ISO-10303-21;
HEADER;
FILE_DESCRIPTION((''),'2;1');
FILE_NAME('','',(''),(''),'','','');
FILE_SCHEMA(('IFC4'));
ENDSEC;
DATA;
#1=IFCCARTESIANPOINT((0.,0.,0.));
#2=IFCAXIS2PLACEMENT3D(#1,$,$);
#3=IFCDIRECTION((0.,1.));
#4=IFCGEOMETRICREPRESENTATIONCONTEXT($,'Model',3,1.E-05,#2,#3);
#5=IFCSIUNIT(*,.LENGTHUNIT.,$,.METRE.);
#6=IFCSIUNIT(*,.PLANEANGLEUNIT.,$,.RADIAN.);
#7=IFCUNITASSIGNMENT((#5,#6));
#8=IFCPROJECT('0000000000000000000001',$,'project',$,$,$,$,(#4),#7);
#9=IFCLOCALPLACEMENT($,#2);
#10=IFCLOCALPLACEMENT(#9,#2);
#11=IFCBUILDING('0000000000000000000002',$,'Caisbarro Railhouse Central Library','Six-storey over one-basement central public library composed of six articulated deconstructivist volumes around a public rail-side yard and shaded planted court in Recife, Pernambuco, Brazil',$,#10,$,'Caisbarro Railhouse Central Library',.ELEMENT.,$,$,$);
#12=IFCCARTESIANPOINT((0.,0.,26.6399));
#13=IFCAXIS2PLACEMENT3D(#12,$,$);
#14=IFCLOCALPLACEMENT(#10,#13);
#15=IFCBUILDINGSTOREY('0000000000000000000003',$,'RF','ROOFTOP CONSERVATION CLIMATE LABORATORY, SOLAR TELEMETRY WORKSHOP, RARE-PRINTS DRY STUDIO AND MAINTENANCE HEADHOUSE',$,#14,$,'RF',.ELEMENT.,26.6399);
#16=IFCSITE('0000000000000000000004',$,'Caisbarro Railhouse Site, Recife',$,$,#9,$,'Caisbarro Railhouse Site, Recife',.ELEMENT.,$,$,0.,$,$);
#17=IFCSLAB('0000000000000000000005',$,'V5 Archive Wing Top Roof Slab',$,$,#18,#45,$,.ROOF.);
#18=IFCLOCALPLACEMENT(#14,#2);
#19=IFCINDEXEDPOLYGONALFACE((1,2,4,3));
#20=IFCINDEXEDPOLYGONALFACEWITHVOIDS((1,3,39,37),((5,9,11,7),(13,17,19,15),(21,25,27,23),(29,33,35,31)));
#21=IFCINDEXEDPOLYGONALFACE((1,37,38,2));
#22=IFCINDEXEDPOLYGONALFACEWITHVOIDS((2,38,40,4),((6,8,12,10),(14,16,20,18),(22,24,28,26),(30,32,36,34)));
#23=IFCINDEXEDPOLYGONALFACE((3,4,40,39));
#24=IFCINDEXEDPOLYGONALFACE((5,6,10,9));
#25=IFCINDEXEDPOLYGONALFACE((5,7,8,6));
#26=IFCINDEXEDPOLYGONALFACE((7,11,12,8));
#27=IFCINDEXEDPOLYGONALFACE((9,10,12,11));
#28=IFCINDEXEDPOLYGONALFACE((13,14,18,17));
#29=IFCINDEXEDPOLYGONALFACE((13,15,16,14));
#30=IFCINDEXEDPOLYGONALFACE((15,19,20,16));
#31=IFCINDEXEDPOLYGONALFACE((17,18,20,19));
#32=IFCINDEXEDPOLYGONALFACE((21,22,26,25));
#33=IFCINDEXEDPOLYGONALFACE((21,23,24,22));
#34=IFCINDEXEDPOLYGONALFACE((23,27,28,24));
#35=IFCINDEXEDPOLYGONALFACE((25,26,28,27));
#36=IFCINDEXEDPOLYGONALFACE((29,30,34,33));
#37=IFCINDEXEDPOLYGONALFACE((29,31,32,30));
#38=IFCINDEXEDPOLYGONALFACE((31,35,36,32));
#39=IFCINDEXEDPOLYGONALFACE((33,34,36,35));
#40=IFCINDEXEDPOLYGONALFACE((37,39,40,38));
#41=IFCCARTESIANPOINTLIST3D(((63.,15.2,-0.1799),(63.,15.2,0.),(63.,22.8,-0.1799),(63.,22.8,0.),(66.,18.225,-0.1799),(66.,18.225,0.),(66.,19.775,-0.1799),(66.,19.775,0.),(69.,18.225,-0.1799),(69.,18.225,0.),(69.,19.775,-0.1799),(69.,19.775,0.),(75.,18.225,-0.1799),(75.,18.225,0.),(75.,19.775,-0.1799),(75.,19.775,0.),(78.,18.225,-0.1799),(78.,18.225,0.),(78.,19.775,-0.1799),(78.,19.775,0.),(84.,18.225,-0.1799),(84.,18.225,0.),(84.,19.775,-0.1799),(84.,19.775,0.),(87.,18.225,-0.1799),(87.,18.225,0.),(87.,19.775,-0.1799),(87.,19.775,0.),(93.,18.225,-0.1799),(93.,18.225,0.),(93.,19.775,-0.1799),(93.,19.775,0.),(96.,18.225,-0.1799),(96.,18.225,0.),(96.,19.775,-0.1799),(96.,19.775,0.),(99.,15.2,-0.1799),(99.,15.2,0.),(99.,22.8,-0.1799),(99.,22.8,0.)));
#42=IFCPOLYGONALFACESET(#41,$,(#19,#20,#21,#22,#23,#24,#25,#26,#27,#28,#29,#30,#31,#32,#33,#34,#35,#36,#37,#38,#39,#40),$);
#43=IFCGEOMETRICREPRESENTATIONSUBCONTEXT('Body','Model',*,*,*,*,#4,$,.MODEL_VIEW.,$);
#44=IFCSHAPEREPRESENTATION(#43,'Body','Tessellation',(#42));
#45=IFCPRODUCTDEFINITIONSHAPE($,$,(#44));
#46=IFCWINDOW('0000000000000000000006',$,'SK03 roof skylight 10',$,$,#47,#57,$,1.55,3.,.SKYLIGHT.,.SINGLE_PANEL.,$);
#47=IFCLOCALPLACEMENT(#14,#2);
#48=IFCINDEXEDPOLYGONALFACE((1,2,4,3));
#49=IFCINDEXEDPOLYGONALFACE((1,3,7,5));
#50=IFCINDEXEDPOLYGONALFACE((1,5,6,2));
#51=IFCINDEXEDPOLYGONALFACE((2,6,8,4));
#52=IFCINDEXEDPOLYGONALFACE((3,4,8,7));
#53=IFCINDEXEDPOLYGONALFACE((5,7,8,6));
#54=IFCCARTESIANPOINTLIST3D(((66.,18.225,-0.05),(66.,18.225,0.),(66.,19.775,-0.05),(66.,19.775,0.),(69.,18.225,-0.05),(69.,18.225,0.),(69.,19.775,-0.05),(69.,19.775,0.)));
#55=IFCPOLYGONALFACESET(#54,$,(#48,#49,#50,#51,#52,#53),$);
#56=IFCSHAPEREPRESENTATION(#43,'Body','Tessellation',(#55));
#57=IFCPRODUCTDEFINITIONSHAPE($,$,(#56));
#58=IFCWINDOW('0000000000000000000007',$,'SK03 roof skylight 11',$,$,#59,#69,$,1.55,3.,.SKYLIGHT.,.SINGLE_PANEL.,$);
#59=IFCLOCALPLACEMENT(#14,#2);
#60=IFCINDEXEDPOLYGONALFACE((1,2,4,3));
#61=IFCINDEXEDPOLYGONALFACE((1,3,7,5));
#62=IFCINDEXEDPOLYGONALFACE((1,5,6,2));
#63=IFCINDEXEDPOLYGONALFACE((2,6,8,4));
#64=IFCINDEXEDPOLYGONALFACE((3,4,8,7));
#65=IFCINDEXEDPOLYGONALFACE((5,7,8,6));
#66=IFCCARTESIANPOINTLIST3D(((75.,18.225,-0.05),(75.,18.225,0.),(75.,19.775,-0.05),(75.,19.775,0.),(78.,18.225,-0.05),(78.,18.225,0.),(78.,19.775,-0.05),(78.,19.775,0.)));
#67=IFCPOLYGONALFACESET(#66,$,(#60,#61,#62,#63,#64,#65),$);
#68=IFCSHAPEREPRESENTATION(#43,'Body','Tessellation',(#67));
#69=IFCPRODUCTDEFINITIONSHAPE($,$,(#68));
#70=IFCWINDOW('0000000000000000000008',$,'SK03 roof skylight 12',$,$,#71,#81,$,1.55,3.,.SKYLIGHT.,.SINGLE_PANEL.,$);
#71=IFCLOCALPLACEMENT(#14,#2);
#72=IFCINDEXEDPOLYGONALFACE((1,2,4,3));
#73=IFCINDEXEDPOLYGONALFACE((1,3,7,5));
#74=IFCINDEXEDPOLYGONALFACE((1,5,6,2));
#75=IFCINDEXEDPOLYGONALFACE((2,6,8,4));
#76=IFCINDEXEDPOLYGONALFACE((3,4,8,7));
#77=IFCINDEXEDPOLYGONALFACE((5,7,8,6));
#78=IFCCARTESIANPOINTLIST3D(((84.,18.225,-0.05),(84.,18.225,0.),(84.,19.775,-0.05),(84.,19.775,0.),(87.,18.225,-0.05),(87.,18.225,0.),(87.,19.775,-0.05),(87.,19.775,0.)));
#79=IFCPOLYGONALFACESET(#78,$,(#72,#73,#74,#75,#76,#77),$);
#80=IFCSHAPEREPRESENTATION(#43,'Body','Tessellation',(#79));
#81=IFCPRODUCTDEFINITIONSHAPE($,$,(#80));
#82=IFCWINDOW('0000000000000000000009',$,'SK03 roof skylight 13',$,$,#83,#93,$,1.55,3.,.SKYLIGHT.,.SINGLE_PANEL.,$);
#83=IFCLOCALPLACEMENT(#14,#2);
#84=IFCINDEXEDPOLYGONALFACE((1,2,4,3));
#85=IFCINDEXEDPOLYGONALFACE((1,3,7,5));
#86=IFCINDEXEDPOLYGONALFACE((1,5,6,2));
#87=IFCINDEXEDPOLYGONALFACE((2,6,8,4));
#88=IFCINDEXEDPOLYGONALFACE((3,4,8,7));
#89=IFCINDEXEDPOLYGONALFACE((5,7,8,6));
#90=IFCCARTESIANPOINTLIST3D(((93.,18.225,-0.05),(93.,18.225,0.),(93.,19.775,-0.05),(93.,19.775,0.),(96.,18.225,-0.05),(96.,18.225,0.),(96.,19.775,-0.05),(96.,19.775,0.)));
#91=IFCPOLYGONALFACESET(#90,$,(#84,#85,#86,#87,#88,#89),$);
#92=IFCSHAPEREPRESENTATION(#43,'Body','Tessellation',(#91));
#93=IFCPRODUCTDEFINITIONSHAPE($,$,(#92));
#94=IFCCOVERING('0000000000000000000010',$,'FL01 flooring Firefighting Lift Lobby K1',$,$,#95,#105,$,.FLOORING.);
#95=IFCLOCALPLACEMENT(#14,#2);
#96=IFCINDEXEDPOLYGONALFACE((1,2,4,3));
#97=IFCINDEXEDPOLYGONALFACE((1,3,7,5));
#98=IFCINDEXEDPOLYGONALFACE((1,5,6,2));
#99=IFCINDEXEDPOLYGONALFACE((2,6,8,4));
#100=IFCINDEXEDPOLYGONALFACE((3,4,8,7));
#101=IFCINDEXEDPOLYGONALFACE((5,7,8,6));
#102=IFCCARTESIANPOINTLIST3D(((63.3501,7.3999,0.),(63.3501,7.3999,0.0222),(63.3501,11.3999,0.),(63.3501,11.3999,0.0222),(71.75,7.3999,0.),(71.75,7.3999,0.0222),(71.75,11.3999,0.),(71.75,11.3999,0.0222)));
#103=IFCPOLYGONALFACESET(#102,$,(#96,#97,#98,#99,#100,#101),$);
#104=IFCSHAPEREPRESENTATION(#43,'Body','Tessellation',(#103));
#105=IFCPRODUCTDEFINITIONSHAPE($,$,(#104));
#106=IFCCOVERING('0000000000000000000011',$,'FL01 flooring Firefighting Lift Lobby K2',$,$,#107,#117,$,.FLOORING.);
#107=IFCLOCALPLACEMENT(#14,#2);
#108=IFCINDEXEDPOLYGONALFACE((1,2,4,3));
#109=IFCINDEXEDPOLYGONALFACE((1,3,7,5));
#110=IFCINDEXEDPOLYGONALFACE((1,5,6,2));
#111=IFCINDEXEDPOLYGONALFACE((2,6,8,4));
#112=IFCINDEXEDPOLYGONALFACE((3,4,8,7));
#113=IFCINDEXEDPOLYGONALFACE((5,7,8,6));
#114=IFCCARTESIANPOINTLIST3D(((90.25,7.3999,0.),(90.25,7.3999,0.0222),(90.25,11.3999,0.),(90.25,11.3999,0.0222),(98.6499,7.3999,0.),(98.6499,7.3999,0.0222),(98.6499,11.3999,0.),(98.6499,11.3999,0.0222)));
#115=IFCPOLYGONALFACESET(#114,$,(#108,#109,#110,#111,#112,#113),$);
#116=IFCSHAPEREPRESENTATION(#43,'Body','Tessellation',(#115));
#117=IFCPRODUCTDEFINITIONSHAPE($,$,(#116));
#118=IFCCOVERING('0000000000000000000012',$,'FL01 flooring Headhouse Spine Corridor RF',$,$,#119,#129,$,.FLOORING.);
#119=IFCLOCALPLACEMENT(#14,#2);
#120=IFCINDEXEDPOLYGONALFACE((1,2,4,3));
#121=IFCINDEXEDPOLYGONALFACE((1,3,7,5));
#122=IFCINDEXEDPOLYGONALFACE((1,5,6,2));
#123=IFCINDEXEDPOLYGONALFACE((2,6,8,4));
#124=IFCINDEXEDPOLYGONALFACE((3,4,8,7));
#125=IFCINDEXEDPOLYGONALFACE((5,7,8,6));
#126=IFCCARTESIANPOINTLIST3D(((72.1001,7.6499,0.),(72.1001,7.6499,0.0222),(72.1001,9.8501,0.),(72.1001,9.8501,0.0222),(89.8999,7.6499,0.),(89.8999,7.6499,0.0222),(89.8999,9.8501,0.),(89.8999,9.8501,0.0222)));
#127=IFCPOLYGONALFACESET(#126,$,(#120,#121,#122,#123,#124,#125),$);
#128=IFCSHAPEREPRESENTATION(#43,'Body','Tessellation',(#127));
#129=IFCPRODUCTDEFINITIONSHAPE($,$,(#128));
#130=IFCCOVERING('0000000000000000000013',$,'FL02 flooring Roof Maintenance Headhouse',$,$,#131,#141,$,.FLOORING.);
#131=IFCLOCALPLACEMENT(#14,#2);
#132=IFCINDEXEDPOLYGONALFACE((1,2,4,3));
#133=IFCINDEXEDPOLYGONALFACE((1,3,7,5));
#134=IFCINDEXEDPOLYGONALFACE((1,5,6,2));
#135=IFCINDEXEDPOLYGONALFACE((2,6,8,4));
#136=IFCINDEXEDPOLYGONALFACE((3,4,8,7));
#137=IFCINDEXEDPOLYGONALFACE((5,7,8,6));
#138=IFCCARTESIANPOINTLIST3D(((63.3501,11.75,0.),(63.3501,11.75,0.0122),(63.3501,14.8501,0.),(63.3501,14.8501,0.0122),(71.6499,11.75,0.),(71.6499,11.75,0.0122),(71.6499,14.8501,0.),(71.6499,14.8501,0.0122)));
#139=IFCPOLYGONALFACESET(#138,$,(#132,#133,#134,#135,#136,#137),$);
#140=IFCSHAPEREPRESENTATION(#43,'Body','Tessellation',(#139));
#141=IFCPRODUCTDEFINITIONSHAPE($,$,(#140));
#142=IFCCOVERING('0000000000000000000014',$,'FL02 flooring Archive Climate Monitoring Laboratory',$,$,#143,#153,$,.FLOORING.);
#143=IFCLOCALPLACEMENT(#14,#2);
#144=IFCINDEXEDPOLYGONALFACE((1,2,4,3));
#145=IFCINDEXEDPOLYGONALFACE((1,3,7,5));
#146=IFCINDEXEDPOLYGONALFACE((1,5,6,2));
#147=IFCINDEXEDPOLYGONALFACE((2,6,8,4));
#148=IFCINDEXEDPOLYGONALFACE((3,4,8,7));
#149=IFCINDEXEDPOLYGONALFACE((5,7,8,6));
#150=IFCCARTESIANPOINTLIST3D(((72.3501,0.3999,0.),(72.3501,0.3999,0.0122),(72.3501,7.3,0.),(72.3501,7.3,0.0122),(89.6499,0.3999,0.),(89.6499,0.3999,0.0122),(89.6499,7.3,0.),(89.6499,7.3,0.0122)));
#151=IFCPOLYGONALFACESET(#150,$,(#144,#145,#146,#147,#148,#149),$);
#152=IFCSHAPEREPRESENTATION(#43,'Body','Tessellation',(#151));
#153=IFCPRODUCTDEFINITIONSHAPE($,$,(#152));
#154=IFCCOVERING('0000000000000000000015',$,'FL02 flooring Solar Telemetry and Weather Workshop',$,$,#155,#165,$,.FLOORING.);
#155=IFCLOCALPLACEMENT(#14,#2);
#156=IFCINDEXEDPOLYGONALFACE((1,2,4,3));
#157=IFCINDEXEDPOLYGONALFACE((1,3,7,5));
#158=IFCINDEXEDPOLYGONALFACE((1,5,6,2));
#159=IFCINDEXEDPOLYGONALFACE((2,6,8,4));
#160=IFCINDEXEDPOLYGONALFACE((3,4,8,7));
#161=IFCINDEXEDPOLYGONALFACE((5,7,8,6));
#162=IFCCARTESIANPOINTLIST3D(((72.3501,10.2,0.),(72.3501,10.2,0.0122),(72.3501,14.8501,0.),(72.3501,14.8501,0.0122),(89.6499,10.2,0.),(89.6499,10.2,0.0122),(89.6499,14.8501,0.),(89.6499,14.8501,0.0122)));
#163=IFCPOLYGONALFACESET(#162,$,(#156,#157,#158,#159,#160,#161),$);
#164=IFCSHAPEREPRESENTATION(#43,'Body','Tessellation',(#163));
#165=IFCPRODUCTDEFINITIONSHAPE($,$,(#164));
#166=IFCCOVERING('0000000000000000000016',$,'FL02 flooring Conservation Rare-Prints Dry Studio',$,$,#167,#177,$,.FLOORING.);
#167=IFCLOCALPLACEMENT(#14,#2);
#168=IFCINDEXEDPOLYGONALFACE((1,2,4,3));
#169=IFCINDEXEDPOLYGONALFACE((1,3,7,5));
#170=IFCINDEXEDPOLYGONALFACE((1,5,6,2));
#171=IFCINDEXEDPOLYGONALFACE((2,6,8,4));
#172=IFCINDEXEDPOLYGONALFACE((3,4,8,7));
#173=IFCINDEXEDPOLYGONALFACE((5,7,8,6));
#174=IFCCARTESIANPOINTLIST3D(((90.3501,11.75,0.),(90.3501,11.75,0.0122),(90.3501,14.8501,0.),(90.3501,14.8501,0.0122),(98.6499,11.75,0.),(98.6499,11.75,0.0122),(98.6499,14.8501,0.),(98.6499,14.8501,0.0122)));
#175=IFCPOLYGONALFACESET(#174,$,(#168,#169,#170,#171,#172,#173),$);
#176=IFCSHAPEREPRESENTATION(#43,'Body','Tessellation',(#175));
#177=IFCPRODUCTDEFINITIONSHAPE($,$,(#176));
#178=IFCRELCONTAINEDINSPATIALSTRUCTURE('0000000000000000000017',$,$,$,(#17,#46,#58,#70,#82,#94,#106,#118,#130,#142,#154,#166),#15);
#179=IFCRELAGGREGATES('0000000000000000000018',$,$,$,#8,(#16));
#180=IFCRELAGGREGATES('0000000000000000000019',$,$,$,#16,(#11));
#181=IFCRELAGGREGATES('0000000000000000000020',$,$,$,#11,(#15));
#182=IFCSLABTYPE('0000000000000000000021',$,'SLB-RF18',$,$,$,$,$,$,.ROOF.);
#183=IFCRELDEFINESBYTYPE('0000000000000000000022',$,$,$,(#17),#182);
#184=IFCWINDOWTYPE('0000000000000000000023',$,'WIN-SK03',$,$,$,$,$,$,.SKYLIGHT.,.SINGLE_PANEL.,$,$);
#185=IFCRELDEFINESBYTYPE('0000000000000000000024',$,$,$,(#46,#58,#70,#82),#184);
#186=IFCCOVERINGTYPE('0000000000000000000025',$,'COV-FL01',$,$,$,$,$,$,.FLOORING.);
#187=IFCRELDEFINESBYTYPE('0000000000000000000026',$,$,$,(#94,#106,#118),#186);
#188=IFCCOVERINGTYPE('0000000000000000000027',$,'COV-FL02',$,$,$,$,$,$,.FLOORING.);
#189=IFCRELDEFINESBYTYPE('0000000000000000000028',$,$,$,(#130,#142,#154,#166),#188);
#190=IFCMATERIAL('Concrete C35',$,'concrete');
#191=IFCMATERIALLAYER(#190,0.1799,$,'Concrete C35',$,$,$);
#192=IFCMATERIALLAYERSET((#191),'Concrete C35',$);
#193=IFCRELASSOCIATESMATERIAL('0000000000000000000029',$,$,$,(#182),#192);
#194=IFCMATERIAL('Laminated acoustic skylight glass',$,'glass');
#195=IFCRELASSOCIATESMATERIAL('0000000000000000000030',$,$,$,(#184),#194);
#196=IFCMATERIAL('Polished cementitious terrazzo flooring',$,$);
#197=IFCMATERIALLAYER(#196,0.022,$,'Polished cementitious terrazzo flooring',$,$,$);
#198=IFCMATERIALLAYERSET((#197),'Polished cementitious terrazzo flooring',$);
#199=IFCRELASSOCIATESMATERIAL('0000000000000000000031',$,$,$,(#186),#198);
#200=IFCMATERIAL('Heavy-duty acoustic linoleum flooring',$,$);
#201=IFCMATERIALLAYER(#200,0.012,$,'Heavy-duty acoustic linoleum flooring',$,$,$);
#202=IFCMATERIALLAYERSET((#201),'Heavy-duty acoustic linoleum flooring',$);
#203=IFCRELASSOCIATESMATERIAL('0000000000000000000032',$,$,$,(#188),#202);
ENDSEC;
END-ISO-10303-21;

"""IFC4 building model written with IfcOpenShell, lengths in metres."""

from ifc_helpers import new_model, si_unit, direction, frame, origin, origin_2d, place, context, subcontext, project, spatial, polyline, rectangle, outline, extrude, material, layer, layer_set, type_object, element, fill, save


model = new_model("IFC4")

# Units and contexts
model_context = context("Model", 3, precision=1e-05, world=origin(), true_north=direction((0.0, 1.0)))
body_context = subcontext(model_context, "Body", "Model", "MODEL_VIEW")
ifc_project = project(units=[si_unit("LENGTHUNIT", "METRE"), si_unit("PLANEANGLEUNIT", "RADIAN")], contexts=[model_context])

# Site, building, storey
site_placement = place(None, origin())
site = spatial("IfcSite", under=ifc_project, at=site_placement, Name="Caisbarro Railhouse Site, Recife", LongName="Caisbarro Railhouse Site, Recife", CompositionType="ELEMENT", RefElevation=0.0)
building_placement = place(site_placement, origin())
building = spatial("IfcBuilding", under=site, at=building_placement, Name="Caisbarro Railhouse Central Library", Description="Six-storey over one-basement central public library composed of six articulated deconstructivist volumes around a public rail-side yard and shaded planted court in Recife, Pernambuco, Brazil", LongName="Caisbarro Railhouse Central Library", CompositionType="ELEMENT")
storey_placement = place(building_placement, frame((0.0, 0.0, 26.6399)))
storey = spatial("IfcBuildingStorey", under=building, at=storey_placement, Name="RF", Description="ROOFTOP CONSERVATION CLIMATE LABORATORY, SOLAR TELEMETRY WORKSHOP, RARE-PRINTS DRY STUDIO AND MAINTENANCE HEADHOUSE", LongName="RF", CompositionType="ELEMENT", Elevation=26.6399)

# Shared definitions
ifc_material_1 = material(Name="Concrete C35", Category="concrete")

# Slab, openings, windows
ifc_layer_1 = layer(ifc_material_1, 0.1799, Name="Concrete C35")
ifc_layer_set_1 = layer_set([ifc_layer_1], Name="Concrete C35")
slab_type_1 = type_object("IfcSlabType", Name="SLB-RF18", PredefinedType="ROOF", material=ifc_layer_set_1)
slab_1_placement = place(storey_placement, frame((0.0, 0.0, -0.1799)))
slab_1 = element("IfcSlab", 1, at=slab_1_placement, inside=storey, type_object=slab_type_1, Name="V5 Archive Wing Top Roof Slab", PredefinedType="ROOF", context=body_context, shape_type="SweptSolid", body=[
    extrude(outline(polyline([(63.0, 15.2), (99.0, 15.2), (99.0, 22.8), (63.0, 22.8), (63.0, 15.2)])), origin(), (0.0, 0.0, 1.0), 0.1799),
])
opening_1_placement = place(slab_1_placement, frame((67.5, 19.0, -0.01)))
opening_1 = element("IfcOpeningElement", 2, at=opening_1_placement, cuts=slab_1, PredefinedType="OPENING", context=body_context, shape_type="SweptSolid", body=[
    extrude(rectangle(XDim=3.0, YDim=1.55, at=origin_2d()), origin(), (0.0, 0.0, 1.0), 0.2),
])
opening_2_placement = place(slab_1_placement, frame((76.5, 19.0, -0.01)))
opening_2 = element("IfcOpeningElement", 3, at=opening_2_placement, cuts=slab_1, PredefinedType="OPENING", context=body_context, shape_type="SweptSolid", body=[
    extrude(rectangle(XDim=3.0, YDim=1.55, at=origin_2d()), origin(), (0.0, 0.0, 1.0), 0.2),
])
opening_3_placement = place(slab_1_placement, frame((85.5, 19.0, -0.01)))
opening_3 = element("IfcOpeningElement", 4, at=opening_3_placement, cuts=slab_1, PredefinedType="OPENING", context=body_context, shape_type="SweptSolid", body=[
    extrude(rectangle(XDim=3.0, YDim=1.55, at=origin_2d()), origin(), (0.0, 0.0, 1.0), 0.2),
])
opening_4_placement = place(slab_1_placement, frame((94.5, 19.0, -0.01)))
opening_4 = element("IfcOpeningElement", 5, at=opening_4_placement, cuts=slab_1, PredefinedType="OPENING", context=body_context, shape_type="SweptSolid", body=[
    extrude(rectangle(XDim=3.0, YDim=1.55, at=origin_2d()), origin(), (0.0, 0.0, 1.0), 0.2),
])
ifc_material_2 = material(Name="Laminated acoustic skylight glass", Category="glass")
window_type = type_object("IfcWindowType", Name="WIN-SK03", PartitioningType="SINGLE_PANEL", PredefinedType="SKYLIGHT", material=ifc_material_2)
window_1_placement = place(slab_1_placement, frame((67.5, 19.0, 0.1299)))
window_1 = element("IfcWindow", 6, at=window_1_placement, inside=storey, type_object=window_type, Name="SK03 roof skylight 10", OverallHeight=1.55, OverallWidth=3.0, PartitioningType="SINGLE_PANEL", PredefinedType="SKYLIGHT", context=body_context, shape_type="SweptSolid", body=[
    extrude(rectangle(XDim=3.0, YDim=1.55, at=origin_2d()), origin(), (0.0, 0.0, 1.0), 0.05),
])
fill(opening_1, window_1)
window_2_placement = place(slab_1_placement, frame((76.5, 19.0, 0.1299)))
window_2 = element("IfcWindow", 7, at=window_2_placement, inside=storey, type_object=window_type, Name="SK03 roof skylight 11", OverallHeight=1.55, OverallWidth=3.0, PartitioningType="SINGLE_PANEL", PredefinedType="SKYLIGHT", context=body_context, shape_type="SweptSolid", body=[
    extrude(rectangle(XDim=3.0, YDim=1.55, at=origin_2d()), origin(), (0.0, 0.0, 1.0), 0.05),
])
fill(opening_2, window_2)
window_3_placement = place(slab_1_placement, frame((85.5, 19.0, 0.1299)))
window_3 = element("IfcWindow", 8, at=window_3_placement, inside=storey, type_object=window_type, Name="SK03 roof skylight 12", OverallHeight=1.55, OverallWidth=3.0, PartitioningType="SINGLE_PANEL", PredefinedType="SKYLIGHT", context=body_context, shape_type="SweptSolid", body=[
    extrude(rectangle(XDim=3.0, YDim=1.55, at=origin_2d()), origin(), (0.0, 0.0, 1.0), 0.05),
])
fill(opening_3, window_3)
window_4_placement = place(slab_1_placement, frame((94.5, 19.0, 0.1299)))
window_4 = element("IfcWindow", 9, at=window_4_placement, inside=storey, type_object=window_type, Name="SK03 roof skylight 13", OverallHeight=1.55, OverallWidth=3.0, PartitioningType="SINGLE_PANEL", PredefinedType="SKYLIGHT", context=body_context, shape_type="SweptSolid", body=[
    extrude(rectangle(XDim=3.0, YDim=1.55, at=origin_2d()), origin(), (0.0, 0.0, 1.0), 0.05),
])
fill(opening_4, window_4)

# Coverings
ifc_material_3 = material(Name="Polished cementitious terrazzo flooring")
ifc_layer_2 = layer(ifc_material_3, 0.022, Name="Polished cementitious terrazzo flooring")
ifc_layer_set_2 = layer_set([ifc_layer_2], Name="Polished cementitious terrazzo flooring")
covering_type_1 = type_object("IfcCoveringType", Name="COV-FL01", PredefinedType="FLOORING", material=ifc_layer_set_2)
covering_1_placement = place(storey_placement, origin())
element("IfcCovering", 10, at=covering_1_placement, inside=storey, type_object=covering_type_1, Name="FL01 flooring Firefighting Lift Lobby K1", PredefinedType="FLOORING", context=body_context, shape_type="SweptSolid", body=[
    extrude(outline(polyline([(63.3501, 7.3999), (71.75, 7.3999), (71.75, 11.3999), (63.3501, 11.3999), (63.3501, 7.3999)])), origin(), (0.0, 0.0, 1.0), 0.0222),
])
covering_2_placement = place(storey_placement, origin())
element("IfcCovering", 11, at=covering_2_placement, inside=storey, type_object=covering_type_1, Name="FL01 flooring Firefighting Lift Lobby K2", PredefinedType="FLOORING", context=body_context, shape_type="SweptSolid", body=[
    extrude(outline(polyline([(90.25, 7.3999), (98.6499, 7.3999), (98.6499, 11.3999), (90.25, 11.3999), (90.25, 7.3999)])), origin(), (0.0, 0.0, 1.0), 0.0222),
])
covering_3_placement = place(storey_placement, origin())
element("IfcCovering", 12, at=covering_3_placement, inside=storey, type_object=covering_type_1, Name="FL01 flooring Headhouse Spine Corridor RF", PredefinedType="FLOORING", context=body_context, shape_type="SweptSolid", body=[
    extrude(outline(polyline([(72.1001, 7.6499), (89.8999, 7.6499), (89.8999, 9.8501), (72.1001, 9.8501), (72.1001, 7.6499)])), origin(), (0.0, 0.0, 1.0), 0.0222),
])
ifc_material_4 = material(Name="Heavy-duty acoustic linoleum flooring")
ifc_layer_3 = layer(ifc_material_4, 0.012, Name="Heavy-duty acoustic linoleum flooring")
ifc_layer_set_3 = layer_set([ifc_layer_3], Name="Heavy-duty acoustic linoleum flooring")
covering_type_2 = type_object("IfcCoveringType", Name="COV-FL02", PredefinedType="FLOORING", material=ifc_layer_set_3)
covering_4_placement = place(storey_placement, origin())
element("IfcCovering", 13, at=covering_4_placement, inside=storey, type_object=covering_type_2, Name="FL02 flooring Roof Maintenance Headhouse", PredefinedType="FLOORING", context=body_context, shape_type="SweptSolid", body=[
    extrude(outline(polyline([(63.3501, 11.75), (71.6499, 11.75), (71.6499, 14.8501), (63.3501, 14.8501), (63.3501, 11.75)])), origin(), (0.0, 0.0, 1.0), 0.0122),
])
covering_5_placement = place(storey_placement, origin())
element("IfcCovering", 14, at=covering_5_placement, inside=storey, type_object=covering_type_2, Name="FL02 flooring Archive Climate Monitoring Laboratory", PredefinedType="FLOORING", context=body_context, shape_type="SweptSolid", body=[
    extrude(outline(polyline([(72.3501, 0.3999), (89.6499, 0.3999), (89.6499, 7.3), (72.3501, 7.3), (72.3501, 0.3999)])), origin(), (0.0, 0.0, 1.0), 0.0122),
])
covering_6_placement = place(storey_placement, origin())
element("IfcCovering", 15, at=covering_6_placement, inside=storey, type_object=covering_type_2, Name="FL02 flooring Solar Telemetry and Weather Workshop", PredefinedType="FLOORING", context=body_context, shape_type="SweptSolid", body=[
    extrude(outline(polyline([(72.3501, 10.2), (89.6499, 10.2), (89.6499, 14.8501), (72.3501, 14.8501), (72.3501, 10.2)])), origin(), (0.0, 0.0, 1.0), 0.0122),
])
covering_7_placement = place(storey_placement, origin())
element("IfcCovering", 16, at=covering_7_placement, inside=storey, type_object=covering_type_2, Name="FL02 flooring Conservation Rare-Prints Dry Studio", PredefinedType="FLOORING", context=body_context, shape_type="SweptSolid", body=[
    extrude(outline(polyline([(90.3501, 11.75), (98.6499, 11.75), (98.6499, 14.8501), (90.3501, 14.8501), (90.3501, 11.75)])), origin(), (0.0, 0.0, 1.0), 0.0122),
])

save(model, "model.ifc")
